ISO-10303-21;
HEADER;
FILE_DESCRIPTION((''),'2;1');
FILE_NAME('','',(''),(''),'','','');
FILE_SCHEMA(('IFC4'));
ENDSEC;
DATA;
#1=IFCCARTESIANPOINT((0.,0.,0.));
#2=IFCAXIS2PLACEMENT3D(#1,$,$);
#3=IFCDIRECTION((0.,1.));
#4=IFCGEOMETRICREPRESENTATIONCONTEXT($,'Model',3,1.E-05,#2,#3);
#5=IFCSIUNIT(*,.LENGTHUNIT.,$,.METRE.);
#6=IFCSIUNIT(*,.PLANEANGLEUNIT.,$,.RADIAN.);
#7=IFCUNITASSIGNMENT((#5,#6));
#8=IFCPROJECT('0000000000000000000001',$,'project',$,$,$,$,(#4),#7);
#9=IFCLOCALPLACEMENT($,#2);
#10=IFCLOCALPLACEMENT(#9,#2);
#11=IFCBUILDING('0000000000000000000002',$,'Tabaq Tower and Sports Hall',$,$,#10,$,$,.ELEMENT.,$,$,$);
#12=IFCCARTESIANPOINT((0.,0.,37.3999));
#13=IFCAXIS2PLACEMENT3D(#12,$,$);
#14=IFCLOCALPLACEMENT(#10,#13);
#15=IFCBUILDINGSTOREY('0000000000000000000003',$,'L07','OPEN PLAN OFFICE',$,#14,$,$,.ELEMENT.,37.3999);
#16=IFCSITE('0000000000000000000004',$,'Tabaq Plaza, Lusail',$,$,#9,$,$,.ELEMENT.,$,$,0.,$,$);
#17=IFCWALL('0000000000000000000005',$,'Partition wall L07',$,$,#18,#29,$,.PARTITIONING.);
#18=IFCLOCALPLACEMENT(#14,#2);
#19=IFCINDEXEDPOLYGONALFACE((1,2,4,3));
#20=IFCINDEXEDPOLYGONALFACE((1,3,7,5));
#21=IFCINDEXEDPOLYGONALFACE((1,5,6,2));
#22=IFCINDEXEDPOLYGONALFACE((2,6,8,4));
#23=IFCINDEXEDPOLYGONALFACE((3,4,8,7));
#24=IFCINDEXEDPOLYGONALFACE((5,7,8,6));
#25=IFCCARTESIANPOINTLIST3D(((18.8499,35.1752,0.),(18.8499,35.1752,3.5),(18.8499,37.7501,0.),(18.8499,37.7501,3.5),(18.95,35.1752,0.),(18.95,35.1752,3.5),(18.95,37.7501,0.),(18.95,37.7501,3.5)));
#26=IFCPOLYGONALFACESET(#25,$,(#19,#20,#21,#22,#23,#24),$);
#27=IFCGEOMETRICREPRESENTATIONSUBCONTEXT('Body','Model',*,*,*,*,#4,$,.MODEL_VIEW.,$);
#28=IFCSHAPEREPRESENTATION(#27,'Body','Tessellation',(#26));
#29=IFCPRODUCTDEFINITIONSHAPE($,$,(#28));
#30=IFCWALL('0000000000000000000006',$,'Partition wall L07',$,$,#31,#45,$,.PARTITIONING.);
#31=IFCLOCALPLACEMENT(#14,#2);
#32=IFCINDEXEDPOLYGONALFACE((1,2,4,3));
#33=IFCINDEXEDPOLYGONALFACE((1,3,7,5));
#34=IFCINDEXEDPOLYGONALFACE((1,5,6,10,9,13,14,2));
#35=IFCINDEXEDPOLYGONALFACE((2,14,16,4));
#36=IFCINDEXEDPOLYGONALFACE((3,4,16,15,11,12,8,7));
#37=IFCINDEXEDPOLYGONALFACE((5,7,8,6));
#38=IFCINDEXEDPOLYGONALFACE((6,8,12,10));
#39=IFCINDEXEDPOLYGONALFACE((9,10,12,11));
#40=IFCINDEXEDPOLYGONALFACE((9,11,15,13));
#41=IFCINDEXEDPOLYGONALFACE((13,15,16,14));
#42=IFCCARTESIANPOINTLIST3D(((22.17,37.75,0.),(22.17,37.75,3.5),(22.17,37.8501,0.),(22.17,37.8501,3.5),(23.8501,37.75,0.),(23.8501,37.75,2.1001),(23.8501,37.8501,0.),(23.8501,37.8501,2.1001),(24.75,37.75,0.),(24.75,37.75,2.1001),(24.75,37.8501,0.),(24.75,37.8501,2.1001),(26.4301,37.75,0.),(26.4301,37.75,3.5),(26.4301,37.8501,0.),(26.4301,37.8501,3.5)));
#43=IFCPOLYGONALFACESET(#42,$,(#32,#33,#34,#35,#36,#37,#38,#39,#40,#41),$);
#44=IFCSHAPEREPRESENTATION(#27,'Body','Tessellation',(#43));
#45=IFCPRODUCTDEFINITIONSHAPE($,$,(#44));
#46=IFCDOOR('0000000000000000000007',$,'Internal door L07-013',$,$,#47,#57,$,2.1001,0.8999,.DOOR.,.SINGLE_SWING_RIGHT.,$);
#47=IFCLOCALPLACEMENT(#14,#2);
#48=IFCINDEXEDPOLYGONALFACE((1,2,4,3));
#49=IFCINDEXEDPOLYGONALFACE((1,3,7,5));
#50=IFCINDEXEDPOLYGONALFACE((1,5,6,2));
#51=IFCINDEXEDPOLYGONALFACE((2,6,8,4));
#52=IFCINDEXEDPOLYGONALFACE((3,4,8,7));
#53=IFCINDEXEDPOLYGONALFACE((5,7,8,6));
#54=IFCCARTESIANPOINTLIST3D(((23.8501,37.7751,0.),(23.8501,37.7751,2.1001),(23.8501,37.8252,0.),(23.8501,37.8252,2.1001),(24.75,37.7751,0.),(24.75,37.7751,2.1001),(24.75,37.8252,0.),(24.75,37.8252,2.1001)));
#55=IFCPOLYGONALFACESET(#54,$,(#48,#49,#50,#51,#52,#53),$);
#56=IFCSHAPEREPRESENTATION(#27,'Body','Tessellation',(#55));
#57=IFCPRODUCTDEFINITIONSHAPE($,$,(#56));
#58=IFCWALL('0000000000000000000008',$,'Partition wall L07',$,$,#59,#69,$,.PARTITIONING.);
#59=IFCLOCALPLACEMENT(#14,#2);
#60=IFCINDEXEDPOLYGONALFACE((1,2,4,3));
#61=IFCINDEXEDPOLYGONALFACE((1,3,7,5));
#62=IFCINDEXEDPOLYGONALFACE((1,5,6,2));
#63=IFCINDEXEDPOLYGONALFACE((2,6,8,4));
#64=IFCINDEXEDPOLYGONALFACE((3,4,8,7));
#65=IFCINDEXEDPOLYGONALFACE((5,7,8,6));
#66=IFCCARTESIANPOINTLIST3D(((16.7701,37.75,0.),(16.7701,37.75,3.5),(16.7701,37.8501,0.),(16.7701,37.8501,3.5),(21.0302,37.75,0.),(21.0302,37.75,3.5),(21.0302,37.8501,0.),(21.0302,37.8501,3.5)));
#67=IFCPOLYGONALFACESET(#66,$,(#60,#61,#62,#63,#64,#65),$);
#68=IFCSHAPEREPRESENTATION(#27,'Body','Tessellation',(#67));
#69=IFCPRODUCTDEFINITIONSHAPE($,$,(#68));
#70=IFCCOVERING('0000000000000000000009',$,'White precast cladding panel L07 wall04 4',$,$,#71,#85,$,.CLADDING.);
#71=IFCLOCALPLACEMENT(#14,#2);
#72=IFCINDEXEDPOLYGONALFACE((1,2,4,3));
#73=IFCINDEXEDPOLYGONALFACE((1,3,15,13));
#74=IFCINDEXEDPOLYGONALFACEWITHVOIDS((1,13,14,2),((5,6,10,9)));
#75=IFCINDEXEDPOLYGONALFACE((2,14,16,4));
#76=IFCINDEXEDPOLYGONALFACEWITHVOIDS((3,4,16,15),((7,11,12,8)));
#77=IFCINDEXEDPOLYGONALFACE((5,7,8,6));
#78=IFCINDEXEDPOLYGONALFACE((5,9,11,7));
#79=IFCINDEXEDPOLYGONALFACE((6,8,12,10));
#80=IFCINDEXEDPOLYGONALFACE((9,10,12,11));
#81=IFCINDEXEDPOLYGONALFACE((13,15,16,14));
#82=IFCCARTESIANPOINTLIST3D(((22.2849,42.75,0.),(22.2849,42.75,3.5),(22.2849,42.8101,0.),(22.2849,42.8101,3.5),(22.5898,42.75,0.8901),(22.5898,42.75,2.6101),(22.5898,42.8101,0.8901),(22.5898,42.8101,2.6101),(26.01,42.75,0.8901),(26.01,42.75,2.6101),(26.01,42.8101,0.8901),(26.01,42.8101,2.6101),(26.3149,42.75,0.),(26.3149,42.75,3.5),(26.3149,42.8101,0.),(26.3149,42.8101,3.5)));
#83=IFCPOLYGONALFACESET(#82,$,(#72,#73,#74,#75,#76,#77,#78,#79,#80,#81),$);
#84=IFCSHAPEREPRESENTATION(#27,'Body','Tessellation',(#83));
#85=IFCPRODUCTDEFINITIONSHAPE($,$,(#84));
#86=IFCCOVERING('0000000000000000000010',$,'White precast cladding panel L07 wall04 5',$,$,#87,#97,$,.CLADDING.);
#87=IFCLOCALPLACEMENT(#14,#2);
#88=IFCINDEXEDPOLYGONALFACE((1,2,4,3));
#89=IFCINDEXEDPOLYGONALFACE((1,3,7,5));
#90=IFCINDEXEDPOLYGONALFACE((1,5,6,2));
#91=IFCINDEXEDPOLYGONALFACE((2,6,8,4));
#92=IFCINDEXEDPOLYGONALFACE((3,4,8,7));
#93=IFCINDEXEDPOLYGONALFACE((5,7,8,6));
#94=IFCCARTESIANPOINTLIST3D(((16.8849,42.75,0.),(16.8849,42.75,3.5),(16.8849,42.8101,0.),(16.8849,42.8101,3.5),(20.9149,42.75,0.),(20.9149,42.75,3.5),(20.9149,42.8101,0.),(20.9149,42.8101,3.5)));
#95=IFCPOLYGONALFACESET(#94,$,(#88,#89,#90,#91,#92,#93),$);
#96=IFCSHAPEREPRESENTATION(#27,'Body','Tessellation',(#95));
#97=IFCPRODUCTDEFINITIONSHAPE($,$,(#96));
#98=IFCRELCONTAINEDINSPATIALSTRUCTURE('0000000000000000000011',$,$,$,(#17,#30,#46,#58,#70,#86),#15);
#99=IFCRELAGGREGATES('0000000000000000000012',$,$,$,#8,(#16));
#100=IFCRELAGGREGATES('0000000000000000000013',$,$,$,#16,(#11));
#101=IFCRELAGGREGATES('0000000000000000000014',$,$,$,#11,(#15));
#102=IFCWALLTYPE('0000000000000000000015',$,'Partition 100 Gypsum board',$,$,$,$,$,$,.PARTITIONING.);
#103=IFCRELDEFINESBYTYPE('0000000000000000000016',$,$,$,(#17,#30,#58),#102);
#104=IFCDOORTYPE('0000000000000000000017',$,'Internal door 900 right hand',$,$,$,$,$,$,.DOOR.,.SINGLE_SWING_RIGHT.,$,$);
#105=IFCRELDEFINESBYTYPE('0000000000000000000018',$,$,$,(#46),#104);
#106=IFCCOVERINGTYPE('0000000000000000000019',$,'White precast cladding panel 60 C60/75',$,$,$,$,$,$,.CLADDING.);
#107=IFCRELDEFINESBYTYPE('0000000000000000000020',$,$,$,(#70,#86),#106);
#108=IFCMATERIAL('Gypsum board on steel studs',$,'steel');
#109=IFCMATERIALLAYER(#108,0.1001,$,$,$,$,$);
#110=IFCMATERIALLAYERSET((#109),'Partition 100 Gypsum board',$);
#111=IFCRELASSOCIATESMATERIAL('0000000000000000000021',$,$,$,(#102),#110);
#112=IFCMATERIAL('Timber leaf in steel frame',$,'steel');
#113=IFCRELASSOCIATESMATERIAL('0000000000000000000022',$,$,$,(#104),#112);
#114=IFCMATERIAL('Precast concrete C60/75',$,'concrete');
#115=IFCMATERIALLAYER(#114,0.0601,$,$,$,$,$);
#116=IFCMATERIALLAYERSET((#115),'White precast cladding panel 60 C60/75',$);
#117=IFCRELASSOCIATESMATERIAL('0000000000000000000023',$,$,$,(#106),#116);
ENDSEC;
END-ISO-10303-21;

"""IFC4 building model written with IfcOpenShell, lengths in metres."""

from ifc_helpers import new_model, si_unit, direction, frame, frame_2d, origin, place, context, subcontext, project, spatial, polyline, rectangle, outline, extrude, material, layer, layer_set, type_object, element, fill, save


model = new_model("IFC4")

# Units and contexts
model_context = context("Model", 3, precision=1e-05, world=origin(), true_north=direction((0.0, 1.0)))
body_context = subcontext(model_context, "Body", "Model", "MODEL_VIEW")
ifc_project = project(units=[si_unit("LENGTHUNIT", "METRE"), si_unit("PLANEANGLEUNIT", "RADIAN")], contexts=[model_context])

# Site, building, storey
site_placement = place(None, origin())
site = spatial("IfcSite", under=ifc_project, at=site_placement, Name="Tabaq Plaza, Lusail", CompositionType="ELEMENT", RefElevation=0.0)
building_placement = place(site_placement, origin())
building = spatial("IfcBuilding", under=site, at=building_placement, Name="Tabaq Tower and Sports Hall", CompositionType="ELEMENT")
storey_placement = place(building_placement, frame((0.0, 0.0, 37.3999)))
storey = spatial("IfcBuildingStorey", under=building, at=storey_placement, Name="L07", Description="OPEN PLAN OFFICE", CompositionType="ELEMENT", Elevation=37.3999)

# Wall
ifc_material_1 = material(Name="Gypsum board on steel studs", Category="steel")
ifc_layer_1 = layer(ifc_material_1, 0.1001)
ifc_layer_set_1 = layer_set([ifc_layer_1], Name="Partition 100 Gypsum board")
wall_type = type_object("IfcWallType", Name="Partition 100 Gypsum board", PredefinedType="PARTITIONING", material=ifc_layer_set_1)
wall_1_placement = place(storey_placement, frame((18.8999, 35.175, 0.0), z_axis=(0.0, 0.0, 1.0), x_axis=(0.0, 1.0, 0.0)))
element("IfcWall", 1, at=wall_1_placement, inside=storey, type_object=wall_type, Name="Partition wall L07", PredefinedType="PARTITIONING", context=body_context, shape_type="SweptSolid", body=[
    extrude(rectangle(XDim=2.575, YDim=0.1001, at=frame_2d((1.2876, 0.0))), origin(), (0.0, 0.0, 1.0), 3.5),
])

# Wall, opening, door
wall_2_placement = place(storey_placement, frame((26.4299, 37.8, 0.0), z_axis=(0.0, 0.0, 1.0), x_axis=(-1.0, 0.0, 0.0)))
wall_2 = element("IfcWall", 2, at=wall_2_placement, inside=storey, type_object=wall_type, Name="Partition wall L07", PredefinedType="PARTITIONING", context=body_context, shape_type="SweptSolid", body=[
    extrude(rectangle(XDim=4.26, YDim=0.1001, at=frame_2d((2.1299, 0.0))), origin(), (0.0, 0.0, 1.0), 3.5),
])
opening_placement = place(wall_2_placement, frame((1.6799, 0.0, 0.0)))
opening = element("IfcOpeningElement", 3, at=opening_placement, cuts=wall_2, PredefinedType="OPENING", context=body_context, shape_type="SweptSolid", body=[
    extrude(rectangle(XDim=0.8999, YDim=2.1001, at=frame_2d((0.45, 1.05))), frame((0.0, 0.05, 0.0), z_axis=(0.0, -1.0, 0.0), x_axis=(1.0, 0.0, 0.0)), (0.0, 0.0, 1.0), 0.1001),
])
ifc_material_2 = material(Name="Timber leaf in steel frame", Category="steel")
door_type = type_object("IfcDoorType", Name="Internal door 900 right hand", OperationType="SINGLE_SWING_RIGHT", PredefinedType="DOOR", material=ifc_material_2)
door_placement = place(opening_placement, origin())
door = element("IfcDoor", 4, at=door_placement, inside=storey, type_object=door_type, Name="Internal door L07-013", OperationType="SINGLE_SWING_RIGHT", OverallHeight=2.1001, OverallWidth=0.8999, PredefinedType="DOOR", context=body_context, shape_type="SweptSolid", body=[
    extrude(rectangle(XDim=0.8999, YDim=2.1001, at=frame_2d((0.45, 1.05))), frame((0.0, 0.0249, 0.0), z_axis=(0.0, -1.0, 0.0), x_axis=(1.0, 0.0, 0.0)), (0.0, 0.0, 1.0), 0.05),
])
fill(opening, door)

# Wall
wall_3_placement = place(storey_placement, frame((21.03, 37.8, 0.0), z_axis=(0.0, 0.0, 1.0), x_axis=(-1.0, 0.0, 0.0)))
element("IfcWall", 5, at=wall_3_placement, inside=storey, type_object=wall_type, Name="Partition wall L07", PredefinedType="PARTITIONING", context=body_context, shape_type="SweptSolid", body=[
    extrude(rectangle(XDim=4.26, YDim=0.1001, at=frame_2d((2.1299, 0.0))), origin(), (0.0, 0.0, 1.0), 3.5),
])

# Coverings
ifc_material_3 = material(Name="Precast concrete C60/75", Category="concrete")
ifc_layer_2 = layer(ifc_material_3, 0.0601)
ifc_layer_set_2 = layer_set([ifc_layer_2], Name="White precast cladding panel 60 C60/75")
covering_type = type_object("IfcCoveringType", Name="White precast cladding panel 60 C60/75", PredefinedType="CLADDING", material=ifc_layer_set_2)
covering_1_placement = place(storey_placement, frame((26.3149, 42.78, 0.0), z_axis=(0.0, 0.0, 1.0), x_axis=(-1.0, 0.0, 0.0)))
element("IfcCovering", 6, at=covering_1_placement, inside=storey, type_object=covering_type, Name="White precast cladding panel L07 wall04 4", PredefinedType="CLADDING", context=body_context, shape_type="SweptSolid", body=[
    extrude(outline(polyline([(0.0, 0.0), (4.03, 0.0), (4.03, 3.5), (0.0, 3.5), (0.0, 0.0)]), holes=[polyline([(0.3049, 0.8901), (0.3049, 2.6101), (3.7251, 2.6101), (3.7251, 0.8901), (0.3049, 0.8901)])]), frame((0.0, 0.03, 0.0), z_axis=(0.0, -1.0, 0.0), x_axis=(1.0, 0.0, 0.0)), (0.0, 0.0, 1.0), 0.0601),
])
covering_2_placement = place(storey_placement, frame((20.915, 42.78, 0.0), z_axis=(0.0, 0.0, 1.0), x_axis=(-1.0, 0.0, 0.0)))
element("IfcCovering", 7, at=covering_2_placement, inside=storey, type_object=covering_type, Name="White precast cladding panel L07 wall04 5", PredefinedType="CLADDING", context=body_context, shape_type="SweptSolid", body=[
    extrude(rectangle(XDim=4.03, YDim=0.0601, at=frame_2d((2.0151, 0.0))), origin(), (0.0, 0.0, 1.0), 3.5),
])

save(model, "model.ifc")
